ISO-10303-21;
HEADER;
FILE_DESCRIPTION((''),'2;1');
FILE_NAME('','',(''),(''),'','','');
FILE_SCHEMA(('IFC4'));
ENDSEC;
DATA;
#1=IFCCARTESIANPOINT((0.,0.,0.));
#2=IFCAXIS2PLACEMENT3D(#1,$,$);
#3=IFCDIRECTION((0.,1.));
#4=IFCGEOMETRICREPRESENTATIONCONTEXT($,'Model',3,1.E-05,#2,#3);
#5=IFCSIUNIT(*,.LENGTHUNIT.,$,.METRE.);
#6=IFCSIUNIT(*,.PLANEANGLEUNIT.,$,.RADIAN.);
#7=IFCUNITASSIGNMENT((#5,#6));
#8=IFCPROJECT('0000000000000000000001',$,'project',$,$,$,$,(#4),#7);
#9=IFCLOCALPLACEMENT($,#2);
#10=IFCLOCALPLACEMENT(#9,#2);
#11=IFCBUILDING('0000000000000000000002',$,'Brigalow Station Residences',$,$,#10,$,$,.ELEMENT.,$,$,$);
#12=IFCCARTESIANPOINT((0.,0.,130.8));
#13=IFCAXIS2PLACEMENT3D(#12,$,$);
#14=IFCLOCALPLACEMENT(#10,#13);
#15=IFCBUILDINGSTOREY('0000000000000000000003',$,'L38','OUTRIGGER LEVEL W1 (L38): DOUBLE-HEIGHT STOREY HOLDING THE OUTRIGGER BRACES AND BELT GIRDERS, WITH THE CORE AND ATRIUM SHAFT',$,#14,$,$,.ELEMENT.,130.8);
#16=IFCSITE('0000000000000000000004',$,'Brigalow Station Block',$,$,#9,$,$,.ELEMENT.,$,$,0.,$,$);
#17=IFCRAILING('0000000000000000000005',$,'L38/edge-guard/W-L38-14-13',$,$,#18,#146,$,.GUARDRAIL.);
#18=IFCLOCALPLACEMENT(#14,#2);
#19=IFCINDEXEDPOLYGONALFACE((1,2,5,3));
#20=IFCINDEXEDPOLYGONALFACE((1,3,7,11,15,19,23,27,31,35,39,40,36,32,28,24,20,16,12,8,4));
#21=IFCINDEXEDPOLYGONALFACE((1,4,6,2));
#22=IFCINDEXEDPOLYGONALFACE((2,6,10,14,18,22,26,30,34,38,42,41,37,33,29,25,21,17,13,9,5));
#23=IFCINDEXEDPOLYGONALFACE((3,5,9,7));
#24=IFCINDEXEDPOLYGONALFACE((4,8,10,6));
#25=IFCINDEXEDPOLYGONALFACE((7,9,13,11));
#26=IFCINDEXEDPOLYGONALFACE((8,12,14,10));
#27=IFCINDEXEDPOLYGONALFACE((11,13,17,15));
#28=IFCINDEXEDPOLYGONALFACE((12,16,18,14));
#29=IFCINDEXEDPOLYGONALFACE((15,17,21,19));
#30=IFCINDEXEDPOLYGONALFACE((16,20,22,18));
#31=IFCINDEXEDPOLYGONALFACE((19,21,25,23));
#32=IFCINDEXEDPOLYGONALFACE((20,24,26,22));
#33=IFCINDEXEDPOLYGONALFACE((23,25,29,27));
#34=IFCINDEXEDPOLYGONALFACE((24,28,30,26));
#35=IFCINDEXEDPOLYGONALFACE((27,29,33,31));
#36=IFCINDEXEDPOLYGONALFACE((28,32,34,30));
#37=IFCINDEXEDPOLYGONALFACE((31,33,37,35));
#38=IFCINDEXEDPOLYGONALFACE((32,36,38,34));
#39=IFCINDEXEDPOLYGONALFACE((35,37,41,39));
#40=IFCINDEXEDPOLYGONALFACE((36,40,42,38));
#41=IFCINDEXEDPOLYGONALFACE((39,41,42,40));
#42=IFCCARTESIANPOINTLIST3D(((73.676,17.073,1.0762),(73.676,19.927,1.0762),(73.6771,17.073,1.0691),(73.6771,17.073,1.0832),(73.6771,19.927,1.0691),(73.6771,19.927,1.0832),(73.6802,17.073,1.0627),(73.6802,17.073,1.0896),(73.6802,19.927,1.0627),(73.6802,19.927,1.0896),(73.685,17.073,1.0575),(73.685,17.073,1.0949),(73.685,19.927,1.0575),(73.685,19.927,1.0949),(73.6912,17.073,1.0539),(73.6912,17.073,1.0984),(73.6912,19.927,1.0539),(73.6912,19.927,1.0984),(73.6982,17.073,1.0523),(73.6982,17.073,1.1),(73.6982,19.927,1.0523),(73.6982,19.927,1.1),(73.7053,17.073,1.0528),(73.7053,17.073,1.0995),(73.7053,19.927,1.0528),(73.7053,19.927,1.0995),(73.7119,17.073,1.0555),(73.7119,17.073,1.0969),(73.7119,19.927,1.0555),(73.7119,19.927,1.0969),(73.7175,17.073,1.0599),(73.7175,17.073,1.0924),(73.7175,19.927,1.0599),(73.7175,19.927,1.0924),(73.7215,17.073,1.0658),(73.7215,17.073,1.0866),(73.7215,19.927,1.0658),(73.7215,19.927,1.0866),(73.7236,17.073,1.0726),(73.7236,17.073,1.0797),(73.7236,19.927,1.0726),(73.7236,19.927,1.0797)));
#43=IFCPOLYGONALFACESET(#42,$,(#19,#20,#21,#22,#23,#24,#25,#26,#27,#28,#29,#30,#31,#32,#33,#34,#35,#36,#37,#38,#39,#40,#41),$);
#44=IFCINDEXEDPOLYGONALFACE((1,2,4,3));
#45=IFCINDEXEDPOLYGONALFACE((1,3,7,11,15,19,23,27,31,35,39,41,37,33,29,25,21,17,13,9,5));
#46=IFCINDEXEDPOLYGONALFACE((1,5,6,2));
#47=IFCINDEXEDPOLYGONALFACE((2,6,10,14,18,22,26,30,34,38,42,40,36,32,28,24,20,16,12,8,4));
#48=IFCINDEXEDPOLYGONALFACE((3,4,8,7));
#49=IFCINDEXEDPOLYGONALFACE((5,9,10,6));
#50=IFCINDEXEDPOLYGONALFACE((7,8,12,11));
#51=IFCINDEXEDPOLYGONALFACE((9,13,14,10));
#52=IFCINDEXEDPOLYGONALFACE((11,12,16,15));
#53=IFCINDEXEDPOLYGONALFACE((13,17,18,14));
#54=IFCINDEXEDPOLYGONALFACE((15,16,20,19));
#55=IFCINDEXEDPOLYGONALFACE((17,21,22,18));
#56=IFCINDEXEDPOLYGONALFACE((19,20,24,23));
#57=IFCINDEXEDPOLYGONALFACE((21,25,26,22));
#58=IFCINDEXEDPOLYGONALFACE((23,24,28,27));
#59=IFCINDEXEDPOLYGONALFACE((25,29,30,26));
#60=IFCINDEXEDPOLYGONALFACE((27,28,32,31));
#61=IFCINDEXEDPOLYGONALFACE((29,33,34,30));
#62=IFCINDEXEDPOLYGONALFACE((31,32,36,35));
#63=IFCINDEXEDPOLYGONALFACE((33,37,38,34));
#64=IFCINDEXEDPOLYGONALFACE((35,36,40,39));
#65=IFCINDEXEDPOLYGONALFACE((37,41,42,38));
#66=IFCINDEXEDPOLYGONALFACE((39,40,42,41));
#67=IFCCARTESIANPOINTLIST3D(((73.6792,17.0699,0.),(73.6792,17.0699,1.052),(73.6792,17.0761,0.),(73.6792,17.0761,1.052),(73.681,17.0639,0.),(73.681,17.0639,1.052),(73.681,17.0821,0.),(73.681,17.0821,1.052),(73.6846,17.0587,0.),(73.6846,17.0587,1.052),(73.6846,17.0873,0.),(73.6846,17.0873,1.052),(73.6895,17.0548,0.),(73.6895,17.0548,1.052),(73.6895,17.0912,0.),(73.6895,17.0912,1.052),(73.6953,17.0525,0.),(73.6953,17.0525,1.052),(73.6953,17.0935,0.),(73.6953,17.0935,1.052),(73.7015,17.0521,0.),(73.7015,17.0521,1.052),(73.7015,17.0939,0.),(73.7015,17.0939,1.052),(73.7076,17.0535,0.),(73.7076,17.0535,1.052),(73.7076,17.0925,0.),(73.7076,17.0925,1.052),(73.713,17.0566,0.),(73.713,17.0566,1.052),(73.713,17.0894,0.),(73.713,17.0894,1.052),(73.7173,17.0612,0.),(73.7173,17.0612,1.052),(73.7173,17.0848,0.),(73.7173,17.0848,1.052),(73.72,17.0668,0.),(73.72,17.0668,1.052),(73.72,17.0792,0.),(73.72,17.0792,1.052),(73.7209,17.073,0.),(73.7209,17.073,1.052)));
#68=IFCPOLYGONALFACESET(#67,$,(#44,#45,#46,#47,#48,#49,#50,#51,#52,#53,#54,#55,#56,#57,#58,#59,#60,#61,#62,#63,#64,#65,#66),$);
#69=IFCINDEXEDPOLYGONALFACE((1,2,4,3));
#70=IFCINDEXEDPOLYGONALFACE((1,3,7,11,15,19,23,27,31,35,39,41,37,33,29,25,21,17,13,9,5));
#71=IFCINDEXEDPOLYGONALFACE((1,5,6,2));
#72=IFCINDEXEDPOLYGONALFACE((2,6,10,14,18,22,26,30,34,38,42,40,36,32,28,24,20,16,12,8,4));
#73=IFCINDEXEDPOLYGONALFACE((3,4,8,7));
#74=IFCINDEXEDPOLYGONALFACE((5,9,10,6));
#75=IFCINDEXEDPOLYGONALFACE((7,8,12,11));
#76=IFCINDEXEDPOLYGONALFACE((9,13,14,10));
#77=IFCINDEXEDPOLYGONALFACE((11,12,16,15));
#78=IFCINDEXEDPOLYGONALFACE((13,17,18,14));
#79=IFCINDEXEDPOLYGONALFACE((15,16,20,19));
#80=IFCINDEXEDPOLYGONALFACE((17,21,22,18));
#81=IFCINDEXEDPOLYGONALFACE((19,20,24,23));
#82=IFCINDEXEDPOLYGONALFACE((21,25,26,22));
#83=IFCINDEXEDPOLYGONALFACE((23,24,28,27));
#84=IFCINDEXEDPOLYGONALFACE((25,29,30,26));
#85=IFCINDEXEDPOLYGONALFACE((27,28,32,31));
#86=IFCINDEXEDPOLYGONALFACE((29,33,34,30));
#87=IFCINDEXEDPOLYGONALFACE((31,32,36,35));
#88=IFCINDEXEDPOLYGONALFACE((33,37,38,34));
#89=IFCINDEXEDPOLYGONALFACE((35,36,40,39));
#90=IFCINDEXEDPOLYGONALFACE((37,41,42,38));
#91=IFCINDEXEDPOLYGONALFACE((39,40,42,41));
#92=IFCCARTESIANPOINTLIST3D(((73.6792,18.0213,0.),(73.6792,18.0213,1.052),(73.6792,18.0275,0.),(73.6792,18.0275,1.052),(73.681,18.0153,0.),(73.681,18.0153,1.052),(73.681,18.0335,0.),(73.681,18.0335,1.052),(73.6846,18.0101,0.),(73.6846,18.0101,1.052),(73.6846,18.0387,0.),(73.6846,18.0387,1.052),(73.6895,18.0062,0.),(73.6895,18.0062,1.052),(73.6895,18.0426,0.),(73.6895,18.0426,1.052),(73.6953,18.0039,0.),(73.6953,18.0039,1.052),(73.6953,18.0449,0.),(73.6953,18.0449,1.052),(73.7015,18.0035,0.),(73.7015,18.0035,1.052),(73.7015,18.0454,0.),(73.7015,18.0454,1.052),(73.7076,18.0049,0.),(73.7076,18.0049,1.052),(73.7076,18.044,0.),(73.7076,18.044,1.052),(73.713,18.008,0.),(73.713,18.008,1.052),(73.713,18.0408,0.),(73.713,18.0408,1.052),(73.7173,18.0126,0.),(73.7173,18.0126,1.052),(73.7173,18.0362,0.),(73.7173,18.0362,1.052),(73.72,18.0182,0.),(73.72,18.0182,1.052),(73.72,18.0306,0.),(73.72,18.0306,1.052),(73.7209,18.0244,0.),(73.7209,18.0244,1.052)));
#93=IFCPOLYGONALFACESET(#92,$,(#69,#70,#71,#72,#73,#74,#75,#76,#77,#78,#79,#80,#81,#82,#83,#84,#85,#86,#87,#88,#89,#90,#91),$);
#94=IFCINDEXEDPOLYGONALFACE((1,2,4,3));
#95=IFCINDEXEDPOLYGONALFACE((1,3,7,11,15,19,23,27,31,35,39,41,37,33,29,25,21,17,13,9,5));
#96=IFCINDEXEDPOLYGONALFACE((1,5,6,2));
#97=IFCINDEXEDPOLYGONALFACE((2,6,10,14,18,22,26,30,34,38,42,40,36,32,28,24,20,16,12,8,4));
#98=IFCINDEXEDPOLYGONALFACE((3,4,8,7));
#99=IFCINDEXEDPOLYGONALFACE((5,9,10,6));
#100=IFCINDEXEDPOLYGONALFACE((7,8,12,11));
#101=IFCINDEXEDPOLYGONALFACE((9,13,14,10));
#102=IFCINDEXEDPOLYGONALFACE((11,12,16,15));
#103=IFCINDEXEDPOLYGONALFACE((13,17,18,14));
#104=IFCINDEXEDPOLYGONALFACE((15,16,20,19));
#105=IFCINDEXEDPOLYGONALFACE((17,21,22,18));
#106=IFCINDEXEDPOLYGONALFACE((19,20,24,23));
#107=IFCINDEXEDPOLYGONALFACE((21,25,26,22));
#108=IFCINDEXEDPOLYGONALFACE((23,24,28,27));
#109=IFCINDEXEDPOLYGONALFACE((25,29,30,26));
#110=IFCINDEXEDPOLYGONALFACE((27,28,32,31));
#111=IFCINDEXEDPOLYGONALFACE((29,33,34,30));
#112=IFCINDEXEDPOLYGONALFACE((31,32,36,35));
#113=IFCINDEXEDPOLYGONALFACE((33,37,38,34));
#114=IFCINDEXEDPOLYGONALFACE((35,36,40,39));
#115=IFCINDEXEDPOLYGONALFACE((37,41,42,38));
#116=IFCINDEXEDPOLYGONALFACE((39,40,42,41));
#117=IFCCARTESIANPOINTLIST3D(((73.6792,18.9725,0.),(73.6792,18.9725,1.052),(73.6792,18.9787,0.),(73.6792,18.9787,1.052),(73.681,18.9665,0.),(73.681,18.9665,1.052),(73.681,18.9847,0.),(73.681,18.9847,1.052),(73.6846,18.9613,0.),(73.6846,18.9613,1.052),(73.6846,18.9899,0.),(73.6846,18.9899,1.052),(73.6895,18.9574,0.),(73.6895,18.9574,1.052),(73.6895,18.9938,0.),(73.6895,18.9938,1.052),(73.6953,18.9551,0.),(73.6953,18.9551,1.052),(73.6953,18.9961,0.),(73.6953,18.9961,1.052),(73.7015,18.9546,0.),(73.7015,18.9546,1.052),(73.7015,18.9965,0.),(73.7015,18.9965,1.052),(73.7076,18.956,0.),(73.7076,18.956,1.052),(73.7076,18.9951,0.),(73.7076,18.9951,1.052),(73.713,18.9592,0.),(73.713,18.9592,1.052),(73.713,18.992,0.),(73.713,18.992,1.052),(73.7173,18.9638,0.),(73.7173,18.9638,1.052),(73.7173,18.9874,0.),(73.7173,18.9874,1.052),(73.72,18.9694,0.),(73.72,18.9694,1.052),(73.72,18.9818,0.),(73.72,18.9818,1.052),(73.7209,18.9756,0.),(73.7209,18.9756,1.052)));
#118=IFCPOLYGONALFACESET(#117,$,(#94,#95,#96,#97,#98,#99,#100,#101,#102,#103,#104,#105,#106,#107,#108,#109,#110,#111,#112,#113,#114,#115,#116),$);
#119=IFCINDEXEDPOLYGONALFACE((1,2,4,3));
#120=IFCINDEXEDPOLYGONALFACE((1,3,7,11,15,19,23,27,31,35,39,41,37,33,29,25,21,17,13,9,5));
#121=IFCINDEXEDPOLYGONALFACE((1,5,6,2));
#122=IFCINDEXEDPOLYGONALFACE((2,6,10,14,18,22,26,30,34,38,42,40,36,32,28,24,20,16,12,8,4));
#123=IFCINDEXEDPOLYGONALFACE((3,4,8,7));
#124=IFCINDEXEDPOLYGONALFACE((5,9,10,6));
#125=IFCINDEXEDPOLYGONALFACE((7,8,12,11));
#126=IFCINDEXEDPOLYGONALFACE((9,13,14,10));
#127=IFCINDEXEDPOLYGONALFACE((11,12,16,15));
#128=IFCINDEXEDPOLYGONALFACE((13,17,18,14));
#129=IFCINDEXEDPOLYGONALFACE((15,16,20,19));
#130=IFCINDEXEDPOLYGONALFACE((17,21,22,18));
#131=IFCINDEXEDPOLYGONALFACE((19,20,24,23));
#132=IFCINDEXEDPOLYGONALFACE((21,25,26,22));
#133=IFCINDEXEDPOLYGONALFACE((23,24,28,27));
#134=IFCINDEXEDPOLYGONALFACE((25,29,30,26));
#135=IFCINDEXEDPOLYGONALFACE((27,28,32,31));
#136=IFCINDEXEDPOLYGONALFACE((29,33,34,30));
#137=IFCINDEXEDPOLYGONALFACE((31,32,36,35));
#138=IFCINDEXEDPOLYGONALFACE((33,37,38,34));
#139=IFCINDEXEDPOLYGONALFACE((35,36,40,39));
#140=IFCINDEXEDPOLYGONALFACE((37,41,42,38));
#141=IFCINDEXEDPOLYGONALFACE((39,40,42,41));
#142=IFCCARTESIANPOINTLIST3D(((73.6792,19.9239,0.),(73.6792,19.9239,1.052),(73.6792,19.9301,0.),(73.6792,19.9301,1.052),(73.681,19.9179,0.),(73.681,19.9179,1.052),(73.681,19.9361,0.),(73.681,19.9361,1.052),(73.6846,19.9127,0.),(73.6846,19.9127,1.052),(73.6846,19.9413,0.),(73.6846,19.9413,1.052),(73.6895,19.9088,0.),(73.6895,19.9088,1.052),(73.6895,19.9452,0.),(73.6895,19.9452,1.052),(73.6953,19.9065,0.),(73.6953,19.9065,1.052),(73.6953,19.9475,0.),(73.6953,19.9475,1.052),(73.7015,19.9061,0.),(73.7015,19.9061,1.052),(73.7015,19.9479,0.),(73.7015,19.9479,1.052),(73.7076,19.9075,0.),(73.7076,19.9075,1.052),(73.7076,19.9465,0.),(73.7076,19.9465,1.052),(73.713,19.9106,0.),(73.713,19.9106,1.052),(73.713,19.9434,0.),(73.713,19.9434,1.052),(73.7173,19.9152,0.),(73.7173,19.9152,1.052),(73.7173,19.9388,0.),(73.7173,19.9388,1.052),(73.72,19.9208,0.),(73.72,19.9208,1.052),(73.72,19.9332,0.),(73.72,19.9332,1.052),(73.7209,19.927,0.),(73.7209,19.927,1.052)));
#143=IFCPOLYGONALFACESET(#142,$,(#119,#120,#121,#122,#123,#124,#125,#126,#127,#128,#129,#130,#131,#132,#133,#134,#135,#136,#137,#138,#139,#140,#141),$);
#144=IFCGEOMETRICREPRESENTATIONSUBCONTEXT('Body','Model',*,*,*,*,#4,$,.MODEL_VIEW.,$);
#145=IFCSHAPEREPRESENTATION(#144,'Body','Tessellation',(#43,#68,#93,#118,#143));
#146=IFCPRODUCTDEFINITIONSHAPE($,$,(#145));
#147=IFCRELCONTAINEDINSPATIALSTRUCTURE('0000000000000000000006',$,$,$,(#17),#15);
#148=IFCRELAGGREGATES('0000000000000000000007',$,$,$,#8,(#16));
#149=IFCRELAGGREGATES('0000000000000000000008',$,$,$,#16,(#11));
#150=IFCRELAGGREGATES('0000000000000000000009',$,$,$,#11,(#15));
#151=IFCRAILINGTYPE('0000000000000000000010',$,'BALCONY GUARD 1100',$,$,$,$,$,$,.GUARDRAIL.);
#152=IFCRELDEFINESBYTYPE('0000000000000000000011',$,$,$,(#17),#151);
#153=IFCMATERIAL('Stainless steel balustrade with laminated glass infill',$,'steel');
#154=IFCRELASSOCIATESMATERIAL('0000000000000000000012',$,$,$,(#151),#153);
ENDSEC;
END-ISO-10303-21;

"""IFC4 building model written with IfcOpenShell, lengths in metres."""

from ifc_helpers import new_model, si_unit, direction, frame, origin, origin_2d, place, context, subcontext, project, spatial, circle, extrude, material, type_object, element, save


model = new_model("IFC4")

# Units and contexts
model_context = context("Model", 3, precision=1e-05, world=origin(), true_north=direction((0.0, 1.0)))
body_context = subcontext(model_context, "Body", "Model", "MODEL_VIEW")
ifc_project = project(units=[si_unit("LENGTHUNIT", "METRE"), si_unit("PLANEANGLEUNIT", "RADIAN")], contexts=[model_context])

# Site, building, storey
site_placement = place(None, origin())
site = spatial("IfcSite", under=ifc_project, at=site_placement, Name="Brigalow Station Block", CompositionType="ELEMENT", RefElevation=0.0)
building_placement = place(site_placement, origin())
building = spatial("IfcBuilding", under=site, at=building_placement, Name="Brigalow Station Residences", CompositionType="ELEMENT")
storey_placement = place(building_placement, frame((0.0, 0.0, 130.8)))
storey = spatial("IfcBuildingStorey", under=building, at=storey_placement, Name="L38", Description="OUTRIGGER LEVEL W1 (L38): DOUBLE-HEIGHT STOREY HOLDING THE OUTRIGGER BRACES AND BELT GIRDERS, WITH THE CORE AND ATRIUM SHAFT", CompositionType="ELEMENT", Elevation=130.8)

# Railing
ifc_material_1 = material(Name="Stainless steel balustrade with laminated glass infill", Category="steel")
railing_type = type_object("IfcRailingType", Name="BALCONY GUARD 1100", PredefinedType="GUARDRAIL", material=ifc_material_1)
for number, where, name in (
    (1, (73.7, 17.073, 0.0), "L38/edge-guard/W-L38-14-13"),
):
    element("IfcRailing", number, at=place(storey_placement, frame(where)), inside=storey, type_object=railing_type, Name=name, PredefinedType="GUARDRAIL", context=body_context, shape_type="SweptSolid", body=[
        extrude(circle(Radius=0.0239, at=origin_2d()), frame((0.0, 0.0, 1.0762), z_axis=(0.0, 1.0, 0.0), x_axis=(-1.0, 0.0, 0.0)), (0.0, 0.0, 1.0), 2.854),
        extrude(circle(Radius=0.021, at=origin_2d()), origin(), (0.0, 0.0, 1.0), 1.052),
        extrude(circle(Radius=0.021, at=origin_2d()), frame((0.0, 0.9514, 0.0)), (0.0, 0.0, 1.0), 1.052),
        extrude(circle(Radius=0.021, at=origin_2d()), frame((0.0, 1.9026, 0.0)), (0.0, 0.0, 1.0), 1.052),
        extrude(circle(Radius=0.021, at=origin_2d()), frame((0.0, 2.854, 0.0)), (0.0, 0.0, 1.0), 1.052),
    ])

save(model, "model.ifc")
